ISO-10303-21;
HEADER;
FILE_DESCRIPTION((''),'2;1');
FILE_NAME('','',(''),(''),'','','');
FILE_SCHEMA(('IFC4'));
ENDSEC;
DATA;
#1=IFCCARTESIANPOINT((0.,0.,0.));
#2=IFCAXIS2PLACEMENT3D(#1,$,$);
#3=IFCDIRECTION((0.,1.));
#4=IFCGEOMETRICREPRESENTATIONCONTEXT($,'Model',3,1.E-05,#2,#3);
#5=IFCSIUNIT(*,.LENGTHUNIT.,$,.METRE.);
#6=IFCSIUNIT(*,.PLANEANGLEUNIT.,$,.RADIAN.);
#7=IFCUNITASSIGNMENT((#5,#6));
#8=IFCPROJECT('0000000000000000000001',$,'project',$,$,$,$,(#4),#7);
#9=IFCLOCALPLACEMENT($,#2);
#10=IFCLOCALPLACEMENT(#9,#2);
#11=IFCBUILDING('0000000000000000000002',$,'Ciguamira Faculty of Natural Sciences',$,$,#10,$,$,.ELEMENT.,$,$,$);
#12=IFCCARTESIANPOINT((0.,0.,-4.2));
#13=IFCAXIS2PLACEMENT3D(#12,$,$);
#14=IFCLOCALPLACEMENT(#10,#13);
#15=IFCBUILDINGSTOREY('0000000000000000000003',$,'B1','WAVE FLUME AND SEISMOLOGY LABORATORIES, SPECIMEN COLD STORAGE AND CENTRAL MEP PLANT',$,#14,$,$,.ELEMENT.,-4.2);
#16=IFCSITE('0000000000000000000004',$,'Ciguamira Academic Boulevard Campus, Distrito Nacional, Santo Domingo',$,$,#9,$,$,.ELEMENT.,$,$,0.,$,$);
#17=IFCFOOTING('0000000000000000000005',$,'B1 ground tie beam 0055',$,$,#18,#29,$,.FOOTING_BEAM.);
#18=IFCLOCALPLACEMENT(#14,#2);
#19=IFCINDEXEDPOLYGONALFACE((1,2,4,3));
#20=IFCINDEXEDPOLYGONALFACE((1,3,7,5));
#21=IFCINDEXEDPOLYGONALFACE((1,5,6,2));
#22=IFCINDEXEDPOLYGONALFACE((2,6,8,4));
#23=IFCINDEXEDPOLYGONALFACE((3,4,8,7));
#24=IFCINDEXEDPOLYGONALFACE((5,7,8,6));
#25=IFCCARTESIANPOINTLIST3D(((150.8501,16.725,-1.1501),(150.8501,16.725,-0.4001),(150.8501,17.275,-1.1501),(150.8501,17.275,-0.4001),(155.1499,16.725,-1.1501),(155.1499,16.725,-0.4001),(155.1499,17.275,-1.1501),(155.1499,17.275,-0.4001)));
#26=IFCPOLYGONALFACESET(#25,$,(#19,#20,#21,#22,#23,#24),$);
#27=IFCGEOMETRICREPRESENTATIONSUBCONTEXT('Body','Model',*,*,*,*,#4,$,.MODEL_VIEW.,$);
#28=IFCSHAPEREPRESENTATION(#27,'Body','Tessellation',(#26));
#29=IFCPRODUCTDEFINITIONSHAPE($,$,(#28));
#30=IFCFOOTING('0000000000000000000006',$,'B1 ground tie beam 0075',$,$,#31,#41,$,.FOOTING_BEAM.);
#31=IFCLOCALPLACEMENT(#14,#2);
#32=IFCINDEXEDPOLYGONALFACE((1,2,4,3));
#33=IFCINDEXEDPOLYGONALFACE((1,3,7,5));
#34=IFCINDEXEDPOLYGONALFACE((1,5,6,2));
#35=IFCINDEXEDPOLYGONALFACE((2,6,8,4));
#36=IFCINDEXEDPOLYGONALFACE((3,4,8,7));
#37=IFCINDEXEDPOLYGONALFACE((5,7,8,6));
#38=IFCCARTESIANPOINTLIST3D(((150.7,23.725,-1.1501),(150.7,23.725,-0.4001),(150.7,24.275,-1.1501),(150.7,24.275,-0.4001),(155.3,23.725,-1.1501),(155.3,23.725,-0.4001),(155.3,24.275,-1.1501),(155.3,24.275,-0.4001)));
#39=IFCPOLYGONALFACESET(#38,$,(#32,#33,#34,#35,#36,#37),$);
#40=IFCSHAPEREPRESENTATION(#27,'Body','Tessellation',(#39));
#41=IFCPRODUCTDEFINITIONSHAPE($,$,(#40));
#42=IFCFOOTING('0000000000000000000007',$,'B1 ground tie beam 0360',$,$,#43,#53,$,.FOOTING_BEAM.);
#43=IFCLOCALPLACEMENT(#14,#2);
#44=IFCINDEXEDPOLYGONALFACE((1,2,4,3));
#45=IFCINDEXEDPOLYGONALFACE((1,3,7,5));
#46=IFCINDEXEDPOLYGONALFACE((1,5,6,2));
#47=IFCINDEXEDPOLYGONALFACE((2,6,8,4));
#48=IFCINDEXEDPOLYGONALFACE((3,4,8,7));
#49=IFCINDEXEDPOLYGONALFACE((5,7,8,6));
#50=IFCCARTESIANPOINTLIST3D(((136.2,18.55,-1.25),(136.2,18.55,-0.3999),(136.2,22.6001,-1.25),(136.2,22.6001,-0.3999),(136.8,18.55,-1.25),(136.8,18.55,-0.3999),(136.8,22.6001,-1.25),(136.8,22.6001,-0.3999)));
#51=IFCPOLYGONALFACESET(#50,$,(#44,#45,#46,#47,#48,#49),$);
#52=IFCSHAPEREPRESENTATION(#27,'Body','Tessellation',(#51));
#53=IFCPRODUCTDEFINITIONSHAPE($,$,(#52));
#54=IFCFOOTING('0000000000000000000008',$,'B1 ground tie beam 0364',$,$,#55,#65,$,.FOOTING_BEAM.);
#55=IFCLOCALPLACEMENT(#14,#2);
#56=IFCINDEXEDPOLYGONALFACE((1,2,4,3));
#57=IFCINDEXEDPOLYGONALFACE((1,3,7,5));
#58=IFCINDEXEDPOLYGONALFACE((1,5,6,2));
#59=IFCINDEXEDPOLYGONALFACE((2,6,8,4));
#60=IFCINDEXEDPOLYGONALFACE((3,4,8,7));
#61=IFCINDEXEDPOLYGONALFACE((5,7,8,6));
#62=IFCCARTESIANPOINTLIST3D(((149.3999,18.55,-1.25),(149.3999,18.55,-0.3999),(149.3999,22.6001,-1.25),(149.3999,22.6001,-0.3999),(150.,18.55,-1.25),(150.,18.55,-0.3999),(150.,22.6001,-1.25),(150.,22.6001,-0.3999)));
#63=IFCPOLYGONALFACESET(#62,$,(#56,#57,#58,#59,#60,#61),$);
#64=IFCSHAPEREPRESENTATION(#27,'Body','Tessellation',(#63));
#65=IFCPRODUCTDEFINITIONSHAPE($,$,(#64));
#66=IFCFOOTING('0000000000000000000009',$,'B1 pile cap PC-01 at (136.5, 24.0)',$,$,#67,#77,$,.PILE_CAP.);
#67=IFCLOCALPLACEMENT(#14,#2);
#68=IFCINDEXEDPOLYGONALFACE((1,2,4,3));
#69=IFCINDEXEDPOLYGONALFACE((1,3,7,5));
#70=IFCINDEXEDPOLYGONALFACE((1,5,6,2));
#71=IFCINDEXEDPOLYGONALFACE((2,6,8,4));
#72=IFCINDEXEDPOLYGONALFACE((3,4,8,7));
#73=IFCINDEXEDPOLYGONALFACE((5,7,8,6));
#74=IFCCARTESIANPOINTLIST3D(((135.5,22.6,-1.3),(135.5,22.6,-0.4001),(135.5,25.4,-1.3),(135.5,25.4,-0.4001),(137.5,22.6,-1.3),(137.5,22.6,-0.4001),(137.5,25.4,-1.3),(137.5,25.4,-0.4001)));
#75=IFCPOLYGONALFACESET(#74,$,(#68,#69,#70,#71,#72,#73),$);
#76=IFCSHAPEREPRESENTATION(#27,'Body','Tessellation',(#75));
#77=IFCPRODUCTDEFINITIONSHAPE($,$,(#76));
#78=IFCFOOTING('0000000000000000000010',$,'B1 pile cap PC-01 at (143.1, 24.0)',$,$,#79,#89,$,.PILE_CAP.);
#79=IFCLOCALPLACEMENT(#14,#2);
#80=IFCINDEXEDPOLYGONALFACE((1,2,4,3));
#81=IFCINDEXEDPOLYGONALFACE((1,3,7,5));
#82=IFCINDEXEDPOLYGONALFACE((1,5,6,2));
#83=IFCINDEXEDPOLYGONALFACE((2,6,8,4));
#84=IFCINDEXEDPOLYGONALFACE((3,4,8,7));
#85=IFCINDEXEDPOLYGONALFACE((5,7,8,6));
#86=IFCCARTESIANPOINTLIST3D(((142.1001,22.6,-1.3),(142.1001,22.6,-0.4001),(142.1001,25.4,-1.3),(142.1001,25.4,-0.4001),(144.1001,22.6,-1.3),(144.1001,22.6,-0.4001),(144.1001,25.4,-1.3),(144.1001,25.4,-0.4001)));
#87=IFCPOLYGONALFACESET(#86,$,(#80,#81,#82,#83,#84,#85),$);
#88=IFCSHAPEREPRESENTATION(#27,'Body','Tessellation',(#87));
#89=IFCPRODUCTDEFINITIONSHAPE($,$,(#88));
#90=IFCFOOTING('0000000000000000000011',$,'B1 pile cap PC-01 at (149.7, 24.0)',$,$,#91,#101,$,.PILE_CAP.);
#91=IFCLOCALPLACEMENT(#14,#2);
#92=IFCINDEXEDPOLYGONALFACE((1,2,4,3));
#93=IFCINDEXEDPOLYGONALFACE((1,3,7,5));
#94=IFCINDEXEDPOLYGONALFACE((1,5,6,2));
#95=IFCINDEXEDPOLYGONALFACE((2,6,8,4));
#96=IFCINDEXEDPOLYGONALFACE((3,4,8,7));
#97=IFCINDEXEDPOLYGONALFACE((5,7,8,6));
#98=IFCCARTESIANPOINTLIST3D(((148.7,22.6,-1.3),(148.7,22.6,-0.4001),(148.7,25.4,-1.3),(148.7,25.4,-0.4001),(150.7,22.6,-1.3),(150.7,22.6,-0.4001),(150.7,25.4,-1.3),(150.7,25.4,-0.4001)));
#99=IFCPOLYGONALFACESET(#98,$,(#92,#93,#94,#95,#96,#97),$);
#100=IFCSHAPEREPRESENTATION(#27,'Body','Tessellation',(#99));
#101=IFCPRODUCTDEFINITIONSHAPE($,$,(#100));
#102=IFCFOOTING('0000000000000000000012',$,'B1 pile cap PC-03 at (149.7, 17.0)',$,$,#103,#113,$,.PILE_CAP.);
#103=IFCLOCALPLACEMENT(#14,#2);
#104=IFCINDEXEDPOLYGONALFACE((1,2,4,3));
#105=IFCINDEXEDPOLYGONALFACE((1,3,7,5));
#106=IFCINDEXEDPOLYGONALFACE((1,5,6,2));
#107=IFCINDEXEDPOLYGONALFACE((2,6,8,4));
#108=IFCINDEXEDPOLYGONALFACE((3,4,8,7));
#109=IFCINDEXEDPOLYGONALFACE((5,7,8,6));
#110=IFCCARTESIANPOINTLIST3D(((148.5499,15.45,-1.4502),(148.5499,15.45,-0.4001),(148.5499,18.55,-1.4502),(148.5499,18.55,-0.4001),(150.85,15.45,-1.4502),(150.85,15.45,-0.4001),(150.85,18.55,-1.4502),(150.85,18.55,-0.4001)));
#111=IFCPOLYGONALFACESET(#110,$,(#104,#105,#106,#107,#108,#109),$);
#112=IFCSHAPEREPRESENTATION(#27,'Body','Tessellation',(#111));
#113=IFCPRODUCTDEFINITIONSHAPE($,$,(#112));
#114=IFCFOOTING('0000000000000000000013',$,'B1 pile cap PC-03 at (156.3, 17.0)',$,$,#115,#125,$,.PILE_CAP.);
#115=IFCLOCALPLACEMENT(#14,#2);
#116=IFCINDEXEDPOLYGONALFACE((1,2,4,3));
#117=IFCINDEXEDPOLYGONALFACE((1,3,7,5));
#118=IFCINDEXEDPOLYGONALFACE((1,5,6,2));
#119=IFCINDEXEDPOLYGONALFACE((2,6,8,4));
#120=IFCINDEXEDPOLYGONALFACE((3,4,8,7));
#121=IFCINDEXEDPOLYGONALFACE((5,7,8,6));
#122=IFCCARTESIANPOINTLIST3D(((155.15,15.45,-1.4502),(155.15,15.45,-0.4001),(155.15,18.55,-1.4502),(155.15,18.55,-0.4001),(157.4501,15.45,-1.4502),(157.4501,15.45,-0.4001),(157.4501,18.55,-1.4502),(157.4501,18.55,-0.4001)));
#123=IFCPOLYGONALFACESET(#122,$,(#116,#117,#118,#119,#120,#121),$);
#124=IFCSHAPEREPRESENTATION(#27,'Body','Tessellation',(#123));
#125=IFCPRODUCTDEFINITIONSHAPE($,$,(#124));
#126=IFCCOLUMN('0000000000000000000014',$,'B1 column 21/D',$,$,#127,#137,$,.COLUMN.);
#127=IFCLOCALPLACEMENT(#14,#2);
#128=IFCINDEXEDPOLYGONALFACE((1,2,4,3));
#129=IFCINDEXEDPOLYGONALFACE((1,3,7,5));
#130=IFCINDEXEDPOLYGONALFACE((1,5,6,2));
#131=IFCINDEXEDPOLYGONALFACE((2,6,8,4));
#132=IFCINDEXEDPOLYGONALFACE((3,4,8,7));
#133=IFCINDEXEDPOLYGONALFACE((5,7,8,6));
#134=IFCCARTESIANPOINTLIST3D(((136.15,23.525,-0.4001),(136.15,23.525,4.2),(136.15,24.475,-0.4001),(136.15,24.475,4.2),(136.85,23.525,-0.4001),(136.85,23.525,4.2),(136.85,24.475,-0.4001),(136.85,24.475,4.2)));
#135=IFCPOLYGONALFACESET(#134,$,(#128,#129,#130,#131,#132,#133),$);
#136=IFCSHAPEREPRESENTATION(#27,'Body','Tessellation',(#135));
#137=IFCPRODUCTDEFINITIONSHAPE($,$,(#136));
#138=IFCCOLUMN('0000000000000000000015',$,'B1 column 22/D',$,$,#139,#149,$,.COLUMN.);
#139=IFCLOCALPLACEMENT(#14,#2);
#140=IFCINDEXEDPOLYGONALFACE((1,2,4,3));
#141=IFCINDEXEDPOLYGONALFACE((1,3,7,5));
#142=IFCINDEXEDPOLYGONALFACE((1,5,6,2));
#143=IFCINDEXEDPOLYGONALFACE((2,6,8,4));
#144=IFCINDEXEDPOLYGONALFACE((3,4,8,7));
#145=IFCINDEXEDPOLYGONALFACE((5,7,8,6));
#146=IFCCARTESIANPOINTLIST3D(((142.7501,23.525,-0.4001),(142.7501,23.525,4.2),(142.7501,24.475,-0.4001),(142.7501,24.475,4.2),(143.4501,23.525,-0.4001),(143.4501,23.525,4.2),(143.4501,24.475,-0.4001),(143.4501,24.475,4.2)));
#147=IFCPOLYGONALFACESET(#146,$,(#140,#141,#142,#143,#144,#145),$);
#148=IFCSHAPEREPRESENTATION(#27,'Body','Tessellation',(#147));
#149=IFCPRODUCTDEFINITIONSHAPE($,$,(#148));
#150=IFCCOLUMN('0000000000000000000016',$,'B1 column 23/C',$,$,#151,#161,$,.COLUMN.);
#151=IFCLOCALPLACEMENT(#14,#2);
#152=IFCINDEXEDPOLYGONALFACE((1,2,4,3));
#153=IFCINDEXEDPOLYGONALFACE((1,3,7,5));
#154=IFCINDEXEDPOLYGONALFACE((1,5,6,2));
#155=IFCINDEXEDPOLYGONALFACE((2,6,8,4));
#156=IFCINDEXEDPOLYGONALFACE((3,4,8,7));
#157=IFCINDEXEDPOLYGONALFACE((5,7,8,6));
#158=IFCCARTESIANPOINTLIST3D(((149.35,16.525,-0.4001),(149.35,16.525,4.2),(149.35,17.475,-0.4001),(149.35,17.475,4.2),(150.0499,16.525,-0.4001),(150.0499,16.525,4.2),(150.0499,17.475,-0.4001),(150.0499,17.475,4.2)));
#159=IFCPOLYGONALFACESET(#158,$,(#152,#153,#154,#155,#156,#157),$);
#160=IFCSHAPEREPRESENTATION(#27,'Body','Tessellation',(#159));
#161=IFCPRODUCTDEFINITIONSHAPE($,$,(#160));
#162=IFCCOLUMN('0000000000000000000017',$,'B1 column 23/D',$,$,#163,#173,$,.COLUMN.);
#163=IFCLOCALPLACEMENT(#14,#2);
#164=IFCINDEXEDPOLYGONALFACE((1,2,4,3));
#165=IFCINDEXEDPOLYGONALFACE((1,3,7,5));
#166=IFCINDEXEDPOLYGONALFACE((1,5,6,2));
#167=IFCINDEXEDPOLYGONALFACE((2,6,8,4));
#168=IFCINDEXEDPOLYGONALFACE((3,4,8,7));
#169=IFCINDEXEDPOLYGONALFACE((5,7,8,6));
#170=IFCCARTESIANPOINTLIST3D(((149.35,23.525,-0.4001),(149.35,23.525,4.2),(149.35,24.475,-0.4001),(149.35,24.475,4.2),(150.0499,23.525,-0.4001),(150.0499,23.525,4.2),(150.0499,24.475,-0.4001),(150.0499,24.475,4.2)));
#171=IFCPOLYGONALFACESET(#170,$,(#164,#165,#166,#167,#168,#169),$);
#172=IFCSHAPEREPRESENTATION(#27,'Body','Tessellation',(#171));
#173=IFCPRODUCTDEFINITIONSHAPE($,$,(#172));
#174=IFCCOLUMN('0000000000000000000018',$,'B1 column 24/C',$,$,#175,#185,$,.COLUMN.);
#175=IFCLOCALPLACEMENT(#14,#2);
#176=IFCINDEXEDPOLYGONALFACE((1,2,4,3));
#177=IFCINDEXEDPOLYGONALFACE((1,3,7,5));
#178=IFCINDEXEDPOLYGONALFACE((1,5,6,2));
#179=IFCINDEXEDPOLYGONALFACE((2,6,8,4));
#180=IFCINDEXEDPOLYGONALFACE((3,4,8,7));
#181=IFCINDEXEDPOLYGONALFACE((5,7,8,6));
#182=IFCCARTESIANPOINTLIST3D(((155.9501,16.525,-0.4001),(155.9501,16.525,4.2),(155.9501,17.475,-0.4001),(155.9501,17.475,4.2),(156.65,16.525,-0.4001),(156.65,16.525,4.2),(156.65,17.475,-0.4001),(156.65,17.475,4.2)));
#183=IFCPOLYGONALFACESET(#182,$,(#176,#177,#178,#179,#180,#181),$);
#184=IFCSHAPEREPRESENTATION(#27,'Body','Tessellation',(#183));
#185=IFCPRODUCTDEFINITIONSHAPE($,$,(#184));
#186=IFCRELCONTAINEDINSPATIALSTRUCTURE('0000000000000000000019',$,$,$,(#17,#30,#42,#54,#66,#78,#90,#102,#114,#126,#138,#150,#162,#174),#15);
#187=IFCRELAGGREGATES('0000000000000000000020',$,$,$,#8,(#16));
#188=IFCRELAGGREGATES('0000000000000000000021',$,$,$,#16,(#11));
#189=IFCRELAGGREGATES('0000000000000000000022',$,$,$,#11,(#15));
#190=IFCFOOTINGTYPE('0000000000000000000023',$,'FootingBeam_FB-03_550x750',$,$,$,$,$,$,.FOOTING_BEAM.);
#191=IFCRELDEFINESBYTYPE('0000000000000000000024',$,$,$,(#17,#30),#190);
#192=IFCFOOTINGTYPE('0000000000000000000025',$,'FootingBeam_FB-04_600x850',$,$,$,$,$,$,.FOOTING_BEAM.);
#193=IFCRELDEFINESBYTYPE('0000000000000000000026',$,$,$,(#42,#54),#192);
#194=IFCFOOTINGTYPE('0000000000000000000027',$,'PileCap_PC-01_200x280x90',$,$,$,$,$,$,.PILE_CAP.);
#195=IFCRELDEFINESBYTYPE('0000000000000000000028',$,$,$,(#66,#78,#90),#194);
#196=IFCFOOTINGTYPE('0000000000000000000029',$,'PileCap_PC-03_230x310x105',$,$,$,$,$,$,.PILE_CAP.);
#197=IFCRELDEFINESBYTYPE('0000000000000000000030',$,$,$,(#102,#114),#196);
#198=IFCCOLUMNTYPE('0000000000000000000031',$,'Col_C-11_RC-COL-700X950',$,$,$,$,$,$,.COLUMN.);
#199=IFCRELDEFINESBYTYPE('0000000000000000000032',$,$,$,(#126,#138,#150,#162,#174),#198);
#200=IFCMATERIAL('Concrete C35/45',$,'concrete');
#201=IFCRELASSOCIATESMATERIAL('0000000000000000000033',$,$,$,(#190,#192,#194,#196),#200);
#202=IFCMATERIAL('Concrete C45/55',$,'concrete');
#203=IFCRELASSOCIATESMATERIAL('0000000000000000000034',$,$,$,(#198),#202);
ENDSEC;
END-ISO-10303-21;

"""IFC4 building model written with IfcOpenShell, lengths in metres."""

from ifc_helpers import new_model, si_unit, direction, frame, origin, origin_2d, place, context, subcontext, project, spatial, rectangle, extrude, material, material_profile, profile_set, type_object, element, save


model = new_model("IFC4")

# Units and contexts
model_context = context("Model", 3, precision=1e-05, world=origin(), true_north=direction((0.0, 1.0)))
body_context = subcontext(model_context, "Body", "Model", "MODEL_VIEW")
ifc_project = project(units=[si_unit("LENGTHUNIT", "METRE"), si_unit("PLANEANGLEUNIT", "RADIAN")], contexts=[model_context])

# Site, building, storey
site_placement = place(None, origin())
site = spatial("IfcSite", under=ifc_project, at=site_placement, Name="Ciguamira Academic Boulevard Campus, Distrito Nacional, Santo Domingo", CompositionType="ELEMENT", RefElevation=0.0)
building_placement = place(site_placement, origin())
building = spatial("IfcBuilding", under=site, at=building_placement, Name="Ciguamira Faculty of Natural Sciences", CompositionType="ELEMENT")
storey_placement = place(building_placement, frame((0.0, 0.0, -4.2)))
storey = spatial("IfcBuildingStorey", under=building, at=storey_placement, Name="B1", Description="WAVE FLUME AND SEISMOLOGY LABORATORIES, SPECIMEN COLD STORAGE AND CENTRAL MEP PLANT", CompositionType="ELEMENT", Elevation=-4.2)

# Shared definitions
ifc_material_1 = material(Name="Concrete C35/45", Category="concrete")

# Footings
ifc_material_profile_1 = material_profile(ifc_material_1, rectangle(XDim=0.55, YDim=0.75, at=origin_2d()), Name="RC-FB-550X750")
ifc_profile_set_1 = profile_set([ifc_material_profile_1], Name="Concrete C35/45")
footing_type_1 = type_object("IfcFootingType", Name="FootingBeam_FB-03_550x750", PredefinedType="FOOTING_BEAM", material=ifc_profile_set_1)
footing_1_placement = place(storey_placement, frame((150.8501, 17.0, -0.7751), z_axis=(1.0, 0.0, 0.0), x_axis=(0.0, 1.0, 0.0)))
element("IfcFooting", 1, at=footing_1_placement, inside=storey, type_object=footing_type_1, Name="B1 ground tie beam 0055", PredefinedType="FOOTING_BEAM", context=body_context, shape_type="SweptSolid", body=[
    extrude(rectangle(XDim=0.55, YDim=0.75, at=origin_2d()), origin(), (0.0, 0.0, 1.0), 4.2998),
])
footing_2_placement = place(storey_placement, frame((150.7, 24.0, -0.7751), z_axis=(1.0, 0.0, 0.0), x_axis=(0.0, 1.0, 0.0)))
element("IfcFooting", 2, at=footing_2_placement, inside=storey, type_object=footing_type_1, Name="B1 ground tie beam 0075", PredefinedType="FOOTING_BEAM", context=body_context, shape_type="SweptSolid", body=[
    extrude(rectangle(XDim=0.55, YDim=0.75, at=origin_2d()), origin(), (0.0, 0.0, 1.0), 4.6001),
])
ifc_material_profile_2 = material_profile(ifc_material_1, rectangle(XDim=0.6001, YDim=0.8501, at=origin_2d()), Name="RC-FB-600X850")
ifc_profile_set_2 = profile_set([ifc_material_profile_2], Name="Concrete C35/45")
footing_type_2 = type_object("IfcFootingType", Name="FootingBeam_FB-04_600x850", PredefinedType="FOOTING_BEAM", material=ifc_profile_set_2)
for number, where, z_axis, x_axis, name in (
    (3, (136.5, 18.55, -0.825), (0.0, 1.0, 0.0), (-1.0, 0.0, 0.0), "B1 ground tie beam 0360"),
    (4, (149.7, 18.55, -0.825), (0.0, 1.0, 0.0), (-1.0, 0.0, 0.0), "B1 ground tie beam 0364"),
):
    element("IfcFooting", number, at=place(storey_placement, frame(where, z_axis=z_axis, x_axis=x_axis)), inside=storey, type_object=footing_type_2, Name=name, PredefinedType="FOOTING_BEAM", context=body_context, shape_type="SweptSolid", body=[
        extrude(rectangle(XDim=0.6001, YDim=0.8501, at=origin_2d()), origin(), (0.0, 0.0, 1.0), 4.05),
    ])
footing_type_3 = type_object("IfcFootingType", Name="PileCap_PC-01_200x280x90", PredefinedType="PILE_CAP", material=ifc_material_1)
for number, where, z_axis, x_axis, name in (
    (5, (136.5, 24.0, -1.3), (0.0, 0.0, 1.0), (1.0, 0.0, 0.0), "B1 pile cap PC-01 at (136.5, 24.0)"),
    (6, (143.1001, 24.0, -1.3), (0.0, 0.0, 1.0), (1.0, 0.0, 0.0), "B1 pile cap PC-01 at (143.1, 24.0)"),
    (7, (149.7, 24.0, -1.3), (0.0, 0.0, 1.0), (1.0, 0.0, 0.0), "B1 pile cap PC-01 at (149.7, 24.0)"),
):
    element("IfcFooting", number, at=place(storey_placement, frame(where, z_axis=z_axis, x_axis=x_axis)), inside=storey, type_object=footing_type_3, Name=name, PredefinedType="PILE_CAP", context=body_context, shape_type="SweptSolid", body=[
        extrude(rectangle(XDim=2.0, YDim=2.8, at=origin_2d()), origin(), (0.0, 0.0, 1.0), 0.8999),
    ])
footing_type_4 = type_object("IfcFootingType", Name="PileCap_PC-03_230x310x105", PredefinedType="PILE_CAP", material=ifc_material_1)
for number, where, z_axis, x_axis, name in (
    (8, (149.7, 17.0, -1.4502), (0.0, 0.0, 1.0), (1.0, 0.0, 0.0), "B1 pile cap PC-03 at (149.7, 17.0)"),
    (9, (156.3, 17.0, -1.4502), (0.0, 0.0, 1.0), (1.0, 0.0, 0.0), "B1 pile cap PC-03 at (156.3, 17.0)"),
):
    element("IfcFooting", number, at=place(storey_placement, frame(where, z_axis=z_axis, x_axis=x_axis)), inside=storey, type_object=footing_type_4, Name=name, PredefinedType="PILE_CAP", context=body_context, shape_type="SweptSolid", body=[
        extrude(rectangle(XDim=2.3, YDim=3.1001, at=origin_2d()), origin(), (0.0, 0.0, 1.0), 1.05),
    ])

# Columns
ifc_material_2 = material(Name="Concrete C45/55", Category="concrete")
ifc_material_profile_3 = material_profile(ifc_material_2, rectangle(XDim=0.7, YDim=0.95, at=origin_2d()), Name="RC-COL-700X950")
ifc_profile_set_3 = profile_set([ifc_material_profile_3], Name="Concrete C45/55")
column_type = type_object("IfcColumnType", Name="Col_C-11_RC-COL-700X950", PredefinedType="COLUMN", material=ifc_profile_set_3)
for number, where, z_axis, x_axis, name in (
    (10, (136.5, 24.0, -0.4001), (0.0, 0.0, 1.0), (1.0, 0.0, 0.0), "B1 column 21/D"),
    (11, (143.1001, 24.0, -0.4001), (0.0, 0.0, 1.0), (1.0, 0.0, 0.0), "B1 column 22/D"),
    (12, (149.7, 17.0, -0.4001), (0.0, 0.0, 1.0), (1.0, 0.0, 0.0), "B1 column 23/C"),
    (13, (149.7, 24.0, -0.4001), (0.0, 0.0, 1.0), (1.0, 0.0, 0.0), "B1 column 23/D"),
    (14, (156.3, 17.0, -0.4001), (0.0, 0.0, 1.0), (1.0, 0.0, 0.0), "B1 column 24/C"),
):
    element("IfcColumn", number, at=place(storey_placement, frame(where, z_axis=z_axis, x_axis=x_axis)), inside=storey, type_object=column_type, Name=name, PredefinedType="COLUMN", context=body_context, shape_type="SweptSolid", body=[
        extrude(rectangle(XDim=0.7, YDim=0.95, at=origin_2d()), origin(), (0.0, 0.0, 1.0), 4.6001),
    ])

save(model, "model.ifc")
